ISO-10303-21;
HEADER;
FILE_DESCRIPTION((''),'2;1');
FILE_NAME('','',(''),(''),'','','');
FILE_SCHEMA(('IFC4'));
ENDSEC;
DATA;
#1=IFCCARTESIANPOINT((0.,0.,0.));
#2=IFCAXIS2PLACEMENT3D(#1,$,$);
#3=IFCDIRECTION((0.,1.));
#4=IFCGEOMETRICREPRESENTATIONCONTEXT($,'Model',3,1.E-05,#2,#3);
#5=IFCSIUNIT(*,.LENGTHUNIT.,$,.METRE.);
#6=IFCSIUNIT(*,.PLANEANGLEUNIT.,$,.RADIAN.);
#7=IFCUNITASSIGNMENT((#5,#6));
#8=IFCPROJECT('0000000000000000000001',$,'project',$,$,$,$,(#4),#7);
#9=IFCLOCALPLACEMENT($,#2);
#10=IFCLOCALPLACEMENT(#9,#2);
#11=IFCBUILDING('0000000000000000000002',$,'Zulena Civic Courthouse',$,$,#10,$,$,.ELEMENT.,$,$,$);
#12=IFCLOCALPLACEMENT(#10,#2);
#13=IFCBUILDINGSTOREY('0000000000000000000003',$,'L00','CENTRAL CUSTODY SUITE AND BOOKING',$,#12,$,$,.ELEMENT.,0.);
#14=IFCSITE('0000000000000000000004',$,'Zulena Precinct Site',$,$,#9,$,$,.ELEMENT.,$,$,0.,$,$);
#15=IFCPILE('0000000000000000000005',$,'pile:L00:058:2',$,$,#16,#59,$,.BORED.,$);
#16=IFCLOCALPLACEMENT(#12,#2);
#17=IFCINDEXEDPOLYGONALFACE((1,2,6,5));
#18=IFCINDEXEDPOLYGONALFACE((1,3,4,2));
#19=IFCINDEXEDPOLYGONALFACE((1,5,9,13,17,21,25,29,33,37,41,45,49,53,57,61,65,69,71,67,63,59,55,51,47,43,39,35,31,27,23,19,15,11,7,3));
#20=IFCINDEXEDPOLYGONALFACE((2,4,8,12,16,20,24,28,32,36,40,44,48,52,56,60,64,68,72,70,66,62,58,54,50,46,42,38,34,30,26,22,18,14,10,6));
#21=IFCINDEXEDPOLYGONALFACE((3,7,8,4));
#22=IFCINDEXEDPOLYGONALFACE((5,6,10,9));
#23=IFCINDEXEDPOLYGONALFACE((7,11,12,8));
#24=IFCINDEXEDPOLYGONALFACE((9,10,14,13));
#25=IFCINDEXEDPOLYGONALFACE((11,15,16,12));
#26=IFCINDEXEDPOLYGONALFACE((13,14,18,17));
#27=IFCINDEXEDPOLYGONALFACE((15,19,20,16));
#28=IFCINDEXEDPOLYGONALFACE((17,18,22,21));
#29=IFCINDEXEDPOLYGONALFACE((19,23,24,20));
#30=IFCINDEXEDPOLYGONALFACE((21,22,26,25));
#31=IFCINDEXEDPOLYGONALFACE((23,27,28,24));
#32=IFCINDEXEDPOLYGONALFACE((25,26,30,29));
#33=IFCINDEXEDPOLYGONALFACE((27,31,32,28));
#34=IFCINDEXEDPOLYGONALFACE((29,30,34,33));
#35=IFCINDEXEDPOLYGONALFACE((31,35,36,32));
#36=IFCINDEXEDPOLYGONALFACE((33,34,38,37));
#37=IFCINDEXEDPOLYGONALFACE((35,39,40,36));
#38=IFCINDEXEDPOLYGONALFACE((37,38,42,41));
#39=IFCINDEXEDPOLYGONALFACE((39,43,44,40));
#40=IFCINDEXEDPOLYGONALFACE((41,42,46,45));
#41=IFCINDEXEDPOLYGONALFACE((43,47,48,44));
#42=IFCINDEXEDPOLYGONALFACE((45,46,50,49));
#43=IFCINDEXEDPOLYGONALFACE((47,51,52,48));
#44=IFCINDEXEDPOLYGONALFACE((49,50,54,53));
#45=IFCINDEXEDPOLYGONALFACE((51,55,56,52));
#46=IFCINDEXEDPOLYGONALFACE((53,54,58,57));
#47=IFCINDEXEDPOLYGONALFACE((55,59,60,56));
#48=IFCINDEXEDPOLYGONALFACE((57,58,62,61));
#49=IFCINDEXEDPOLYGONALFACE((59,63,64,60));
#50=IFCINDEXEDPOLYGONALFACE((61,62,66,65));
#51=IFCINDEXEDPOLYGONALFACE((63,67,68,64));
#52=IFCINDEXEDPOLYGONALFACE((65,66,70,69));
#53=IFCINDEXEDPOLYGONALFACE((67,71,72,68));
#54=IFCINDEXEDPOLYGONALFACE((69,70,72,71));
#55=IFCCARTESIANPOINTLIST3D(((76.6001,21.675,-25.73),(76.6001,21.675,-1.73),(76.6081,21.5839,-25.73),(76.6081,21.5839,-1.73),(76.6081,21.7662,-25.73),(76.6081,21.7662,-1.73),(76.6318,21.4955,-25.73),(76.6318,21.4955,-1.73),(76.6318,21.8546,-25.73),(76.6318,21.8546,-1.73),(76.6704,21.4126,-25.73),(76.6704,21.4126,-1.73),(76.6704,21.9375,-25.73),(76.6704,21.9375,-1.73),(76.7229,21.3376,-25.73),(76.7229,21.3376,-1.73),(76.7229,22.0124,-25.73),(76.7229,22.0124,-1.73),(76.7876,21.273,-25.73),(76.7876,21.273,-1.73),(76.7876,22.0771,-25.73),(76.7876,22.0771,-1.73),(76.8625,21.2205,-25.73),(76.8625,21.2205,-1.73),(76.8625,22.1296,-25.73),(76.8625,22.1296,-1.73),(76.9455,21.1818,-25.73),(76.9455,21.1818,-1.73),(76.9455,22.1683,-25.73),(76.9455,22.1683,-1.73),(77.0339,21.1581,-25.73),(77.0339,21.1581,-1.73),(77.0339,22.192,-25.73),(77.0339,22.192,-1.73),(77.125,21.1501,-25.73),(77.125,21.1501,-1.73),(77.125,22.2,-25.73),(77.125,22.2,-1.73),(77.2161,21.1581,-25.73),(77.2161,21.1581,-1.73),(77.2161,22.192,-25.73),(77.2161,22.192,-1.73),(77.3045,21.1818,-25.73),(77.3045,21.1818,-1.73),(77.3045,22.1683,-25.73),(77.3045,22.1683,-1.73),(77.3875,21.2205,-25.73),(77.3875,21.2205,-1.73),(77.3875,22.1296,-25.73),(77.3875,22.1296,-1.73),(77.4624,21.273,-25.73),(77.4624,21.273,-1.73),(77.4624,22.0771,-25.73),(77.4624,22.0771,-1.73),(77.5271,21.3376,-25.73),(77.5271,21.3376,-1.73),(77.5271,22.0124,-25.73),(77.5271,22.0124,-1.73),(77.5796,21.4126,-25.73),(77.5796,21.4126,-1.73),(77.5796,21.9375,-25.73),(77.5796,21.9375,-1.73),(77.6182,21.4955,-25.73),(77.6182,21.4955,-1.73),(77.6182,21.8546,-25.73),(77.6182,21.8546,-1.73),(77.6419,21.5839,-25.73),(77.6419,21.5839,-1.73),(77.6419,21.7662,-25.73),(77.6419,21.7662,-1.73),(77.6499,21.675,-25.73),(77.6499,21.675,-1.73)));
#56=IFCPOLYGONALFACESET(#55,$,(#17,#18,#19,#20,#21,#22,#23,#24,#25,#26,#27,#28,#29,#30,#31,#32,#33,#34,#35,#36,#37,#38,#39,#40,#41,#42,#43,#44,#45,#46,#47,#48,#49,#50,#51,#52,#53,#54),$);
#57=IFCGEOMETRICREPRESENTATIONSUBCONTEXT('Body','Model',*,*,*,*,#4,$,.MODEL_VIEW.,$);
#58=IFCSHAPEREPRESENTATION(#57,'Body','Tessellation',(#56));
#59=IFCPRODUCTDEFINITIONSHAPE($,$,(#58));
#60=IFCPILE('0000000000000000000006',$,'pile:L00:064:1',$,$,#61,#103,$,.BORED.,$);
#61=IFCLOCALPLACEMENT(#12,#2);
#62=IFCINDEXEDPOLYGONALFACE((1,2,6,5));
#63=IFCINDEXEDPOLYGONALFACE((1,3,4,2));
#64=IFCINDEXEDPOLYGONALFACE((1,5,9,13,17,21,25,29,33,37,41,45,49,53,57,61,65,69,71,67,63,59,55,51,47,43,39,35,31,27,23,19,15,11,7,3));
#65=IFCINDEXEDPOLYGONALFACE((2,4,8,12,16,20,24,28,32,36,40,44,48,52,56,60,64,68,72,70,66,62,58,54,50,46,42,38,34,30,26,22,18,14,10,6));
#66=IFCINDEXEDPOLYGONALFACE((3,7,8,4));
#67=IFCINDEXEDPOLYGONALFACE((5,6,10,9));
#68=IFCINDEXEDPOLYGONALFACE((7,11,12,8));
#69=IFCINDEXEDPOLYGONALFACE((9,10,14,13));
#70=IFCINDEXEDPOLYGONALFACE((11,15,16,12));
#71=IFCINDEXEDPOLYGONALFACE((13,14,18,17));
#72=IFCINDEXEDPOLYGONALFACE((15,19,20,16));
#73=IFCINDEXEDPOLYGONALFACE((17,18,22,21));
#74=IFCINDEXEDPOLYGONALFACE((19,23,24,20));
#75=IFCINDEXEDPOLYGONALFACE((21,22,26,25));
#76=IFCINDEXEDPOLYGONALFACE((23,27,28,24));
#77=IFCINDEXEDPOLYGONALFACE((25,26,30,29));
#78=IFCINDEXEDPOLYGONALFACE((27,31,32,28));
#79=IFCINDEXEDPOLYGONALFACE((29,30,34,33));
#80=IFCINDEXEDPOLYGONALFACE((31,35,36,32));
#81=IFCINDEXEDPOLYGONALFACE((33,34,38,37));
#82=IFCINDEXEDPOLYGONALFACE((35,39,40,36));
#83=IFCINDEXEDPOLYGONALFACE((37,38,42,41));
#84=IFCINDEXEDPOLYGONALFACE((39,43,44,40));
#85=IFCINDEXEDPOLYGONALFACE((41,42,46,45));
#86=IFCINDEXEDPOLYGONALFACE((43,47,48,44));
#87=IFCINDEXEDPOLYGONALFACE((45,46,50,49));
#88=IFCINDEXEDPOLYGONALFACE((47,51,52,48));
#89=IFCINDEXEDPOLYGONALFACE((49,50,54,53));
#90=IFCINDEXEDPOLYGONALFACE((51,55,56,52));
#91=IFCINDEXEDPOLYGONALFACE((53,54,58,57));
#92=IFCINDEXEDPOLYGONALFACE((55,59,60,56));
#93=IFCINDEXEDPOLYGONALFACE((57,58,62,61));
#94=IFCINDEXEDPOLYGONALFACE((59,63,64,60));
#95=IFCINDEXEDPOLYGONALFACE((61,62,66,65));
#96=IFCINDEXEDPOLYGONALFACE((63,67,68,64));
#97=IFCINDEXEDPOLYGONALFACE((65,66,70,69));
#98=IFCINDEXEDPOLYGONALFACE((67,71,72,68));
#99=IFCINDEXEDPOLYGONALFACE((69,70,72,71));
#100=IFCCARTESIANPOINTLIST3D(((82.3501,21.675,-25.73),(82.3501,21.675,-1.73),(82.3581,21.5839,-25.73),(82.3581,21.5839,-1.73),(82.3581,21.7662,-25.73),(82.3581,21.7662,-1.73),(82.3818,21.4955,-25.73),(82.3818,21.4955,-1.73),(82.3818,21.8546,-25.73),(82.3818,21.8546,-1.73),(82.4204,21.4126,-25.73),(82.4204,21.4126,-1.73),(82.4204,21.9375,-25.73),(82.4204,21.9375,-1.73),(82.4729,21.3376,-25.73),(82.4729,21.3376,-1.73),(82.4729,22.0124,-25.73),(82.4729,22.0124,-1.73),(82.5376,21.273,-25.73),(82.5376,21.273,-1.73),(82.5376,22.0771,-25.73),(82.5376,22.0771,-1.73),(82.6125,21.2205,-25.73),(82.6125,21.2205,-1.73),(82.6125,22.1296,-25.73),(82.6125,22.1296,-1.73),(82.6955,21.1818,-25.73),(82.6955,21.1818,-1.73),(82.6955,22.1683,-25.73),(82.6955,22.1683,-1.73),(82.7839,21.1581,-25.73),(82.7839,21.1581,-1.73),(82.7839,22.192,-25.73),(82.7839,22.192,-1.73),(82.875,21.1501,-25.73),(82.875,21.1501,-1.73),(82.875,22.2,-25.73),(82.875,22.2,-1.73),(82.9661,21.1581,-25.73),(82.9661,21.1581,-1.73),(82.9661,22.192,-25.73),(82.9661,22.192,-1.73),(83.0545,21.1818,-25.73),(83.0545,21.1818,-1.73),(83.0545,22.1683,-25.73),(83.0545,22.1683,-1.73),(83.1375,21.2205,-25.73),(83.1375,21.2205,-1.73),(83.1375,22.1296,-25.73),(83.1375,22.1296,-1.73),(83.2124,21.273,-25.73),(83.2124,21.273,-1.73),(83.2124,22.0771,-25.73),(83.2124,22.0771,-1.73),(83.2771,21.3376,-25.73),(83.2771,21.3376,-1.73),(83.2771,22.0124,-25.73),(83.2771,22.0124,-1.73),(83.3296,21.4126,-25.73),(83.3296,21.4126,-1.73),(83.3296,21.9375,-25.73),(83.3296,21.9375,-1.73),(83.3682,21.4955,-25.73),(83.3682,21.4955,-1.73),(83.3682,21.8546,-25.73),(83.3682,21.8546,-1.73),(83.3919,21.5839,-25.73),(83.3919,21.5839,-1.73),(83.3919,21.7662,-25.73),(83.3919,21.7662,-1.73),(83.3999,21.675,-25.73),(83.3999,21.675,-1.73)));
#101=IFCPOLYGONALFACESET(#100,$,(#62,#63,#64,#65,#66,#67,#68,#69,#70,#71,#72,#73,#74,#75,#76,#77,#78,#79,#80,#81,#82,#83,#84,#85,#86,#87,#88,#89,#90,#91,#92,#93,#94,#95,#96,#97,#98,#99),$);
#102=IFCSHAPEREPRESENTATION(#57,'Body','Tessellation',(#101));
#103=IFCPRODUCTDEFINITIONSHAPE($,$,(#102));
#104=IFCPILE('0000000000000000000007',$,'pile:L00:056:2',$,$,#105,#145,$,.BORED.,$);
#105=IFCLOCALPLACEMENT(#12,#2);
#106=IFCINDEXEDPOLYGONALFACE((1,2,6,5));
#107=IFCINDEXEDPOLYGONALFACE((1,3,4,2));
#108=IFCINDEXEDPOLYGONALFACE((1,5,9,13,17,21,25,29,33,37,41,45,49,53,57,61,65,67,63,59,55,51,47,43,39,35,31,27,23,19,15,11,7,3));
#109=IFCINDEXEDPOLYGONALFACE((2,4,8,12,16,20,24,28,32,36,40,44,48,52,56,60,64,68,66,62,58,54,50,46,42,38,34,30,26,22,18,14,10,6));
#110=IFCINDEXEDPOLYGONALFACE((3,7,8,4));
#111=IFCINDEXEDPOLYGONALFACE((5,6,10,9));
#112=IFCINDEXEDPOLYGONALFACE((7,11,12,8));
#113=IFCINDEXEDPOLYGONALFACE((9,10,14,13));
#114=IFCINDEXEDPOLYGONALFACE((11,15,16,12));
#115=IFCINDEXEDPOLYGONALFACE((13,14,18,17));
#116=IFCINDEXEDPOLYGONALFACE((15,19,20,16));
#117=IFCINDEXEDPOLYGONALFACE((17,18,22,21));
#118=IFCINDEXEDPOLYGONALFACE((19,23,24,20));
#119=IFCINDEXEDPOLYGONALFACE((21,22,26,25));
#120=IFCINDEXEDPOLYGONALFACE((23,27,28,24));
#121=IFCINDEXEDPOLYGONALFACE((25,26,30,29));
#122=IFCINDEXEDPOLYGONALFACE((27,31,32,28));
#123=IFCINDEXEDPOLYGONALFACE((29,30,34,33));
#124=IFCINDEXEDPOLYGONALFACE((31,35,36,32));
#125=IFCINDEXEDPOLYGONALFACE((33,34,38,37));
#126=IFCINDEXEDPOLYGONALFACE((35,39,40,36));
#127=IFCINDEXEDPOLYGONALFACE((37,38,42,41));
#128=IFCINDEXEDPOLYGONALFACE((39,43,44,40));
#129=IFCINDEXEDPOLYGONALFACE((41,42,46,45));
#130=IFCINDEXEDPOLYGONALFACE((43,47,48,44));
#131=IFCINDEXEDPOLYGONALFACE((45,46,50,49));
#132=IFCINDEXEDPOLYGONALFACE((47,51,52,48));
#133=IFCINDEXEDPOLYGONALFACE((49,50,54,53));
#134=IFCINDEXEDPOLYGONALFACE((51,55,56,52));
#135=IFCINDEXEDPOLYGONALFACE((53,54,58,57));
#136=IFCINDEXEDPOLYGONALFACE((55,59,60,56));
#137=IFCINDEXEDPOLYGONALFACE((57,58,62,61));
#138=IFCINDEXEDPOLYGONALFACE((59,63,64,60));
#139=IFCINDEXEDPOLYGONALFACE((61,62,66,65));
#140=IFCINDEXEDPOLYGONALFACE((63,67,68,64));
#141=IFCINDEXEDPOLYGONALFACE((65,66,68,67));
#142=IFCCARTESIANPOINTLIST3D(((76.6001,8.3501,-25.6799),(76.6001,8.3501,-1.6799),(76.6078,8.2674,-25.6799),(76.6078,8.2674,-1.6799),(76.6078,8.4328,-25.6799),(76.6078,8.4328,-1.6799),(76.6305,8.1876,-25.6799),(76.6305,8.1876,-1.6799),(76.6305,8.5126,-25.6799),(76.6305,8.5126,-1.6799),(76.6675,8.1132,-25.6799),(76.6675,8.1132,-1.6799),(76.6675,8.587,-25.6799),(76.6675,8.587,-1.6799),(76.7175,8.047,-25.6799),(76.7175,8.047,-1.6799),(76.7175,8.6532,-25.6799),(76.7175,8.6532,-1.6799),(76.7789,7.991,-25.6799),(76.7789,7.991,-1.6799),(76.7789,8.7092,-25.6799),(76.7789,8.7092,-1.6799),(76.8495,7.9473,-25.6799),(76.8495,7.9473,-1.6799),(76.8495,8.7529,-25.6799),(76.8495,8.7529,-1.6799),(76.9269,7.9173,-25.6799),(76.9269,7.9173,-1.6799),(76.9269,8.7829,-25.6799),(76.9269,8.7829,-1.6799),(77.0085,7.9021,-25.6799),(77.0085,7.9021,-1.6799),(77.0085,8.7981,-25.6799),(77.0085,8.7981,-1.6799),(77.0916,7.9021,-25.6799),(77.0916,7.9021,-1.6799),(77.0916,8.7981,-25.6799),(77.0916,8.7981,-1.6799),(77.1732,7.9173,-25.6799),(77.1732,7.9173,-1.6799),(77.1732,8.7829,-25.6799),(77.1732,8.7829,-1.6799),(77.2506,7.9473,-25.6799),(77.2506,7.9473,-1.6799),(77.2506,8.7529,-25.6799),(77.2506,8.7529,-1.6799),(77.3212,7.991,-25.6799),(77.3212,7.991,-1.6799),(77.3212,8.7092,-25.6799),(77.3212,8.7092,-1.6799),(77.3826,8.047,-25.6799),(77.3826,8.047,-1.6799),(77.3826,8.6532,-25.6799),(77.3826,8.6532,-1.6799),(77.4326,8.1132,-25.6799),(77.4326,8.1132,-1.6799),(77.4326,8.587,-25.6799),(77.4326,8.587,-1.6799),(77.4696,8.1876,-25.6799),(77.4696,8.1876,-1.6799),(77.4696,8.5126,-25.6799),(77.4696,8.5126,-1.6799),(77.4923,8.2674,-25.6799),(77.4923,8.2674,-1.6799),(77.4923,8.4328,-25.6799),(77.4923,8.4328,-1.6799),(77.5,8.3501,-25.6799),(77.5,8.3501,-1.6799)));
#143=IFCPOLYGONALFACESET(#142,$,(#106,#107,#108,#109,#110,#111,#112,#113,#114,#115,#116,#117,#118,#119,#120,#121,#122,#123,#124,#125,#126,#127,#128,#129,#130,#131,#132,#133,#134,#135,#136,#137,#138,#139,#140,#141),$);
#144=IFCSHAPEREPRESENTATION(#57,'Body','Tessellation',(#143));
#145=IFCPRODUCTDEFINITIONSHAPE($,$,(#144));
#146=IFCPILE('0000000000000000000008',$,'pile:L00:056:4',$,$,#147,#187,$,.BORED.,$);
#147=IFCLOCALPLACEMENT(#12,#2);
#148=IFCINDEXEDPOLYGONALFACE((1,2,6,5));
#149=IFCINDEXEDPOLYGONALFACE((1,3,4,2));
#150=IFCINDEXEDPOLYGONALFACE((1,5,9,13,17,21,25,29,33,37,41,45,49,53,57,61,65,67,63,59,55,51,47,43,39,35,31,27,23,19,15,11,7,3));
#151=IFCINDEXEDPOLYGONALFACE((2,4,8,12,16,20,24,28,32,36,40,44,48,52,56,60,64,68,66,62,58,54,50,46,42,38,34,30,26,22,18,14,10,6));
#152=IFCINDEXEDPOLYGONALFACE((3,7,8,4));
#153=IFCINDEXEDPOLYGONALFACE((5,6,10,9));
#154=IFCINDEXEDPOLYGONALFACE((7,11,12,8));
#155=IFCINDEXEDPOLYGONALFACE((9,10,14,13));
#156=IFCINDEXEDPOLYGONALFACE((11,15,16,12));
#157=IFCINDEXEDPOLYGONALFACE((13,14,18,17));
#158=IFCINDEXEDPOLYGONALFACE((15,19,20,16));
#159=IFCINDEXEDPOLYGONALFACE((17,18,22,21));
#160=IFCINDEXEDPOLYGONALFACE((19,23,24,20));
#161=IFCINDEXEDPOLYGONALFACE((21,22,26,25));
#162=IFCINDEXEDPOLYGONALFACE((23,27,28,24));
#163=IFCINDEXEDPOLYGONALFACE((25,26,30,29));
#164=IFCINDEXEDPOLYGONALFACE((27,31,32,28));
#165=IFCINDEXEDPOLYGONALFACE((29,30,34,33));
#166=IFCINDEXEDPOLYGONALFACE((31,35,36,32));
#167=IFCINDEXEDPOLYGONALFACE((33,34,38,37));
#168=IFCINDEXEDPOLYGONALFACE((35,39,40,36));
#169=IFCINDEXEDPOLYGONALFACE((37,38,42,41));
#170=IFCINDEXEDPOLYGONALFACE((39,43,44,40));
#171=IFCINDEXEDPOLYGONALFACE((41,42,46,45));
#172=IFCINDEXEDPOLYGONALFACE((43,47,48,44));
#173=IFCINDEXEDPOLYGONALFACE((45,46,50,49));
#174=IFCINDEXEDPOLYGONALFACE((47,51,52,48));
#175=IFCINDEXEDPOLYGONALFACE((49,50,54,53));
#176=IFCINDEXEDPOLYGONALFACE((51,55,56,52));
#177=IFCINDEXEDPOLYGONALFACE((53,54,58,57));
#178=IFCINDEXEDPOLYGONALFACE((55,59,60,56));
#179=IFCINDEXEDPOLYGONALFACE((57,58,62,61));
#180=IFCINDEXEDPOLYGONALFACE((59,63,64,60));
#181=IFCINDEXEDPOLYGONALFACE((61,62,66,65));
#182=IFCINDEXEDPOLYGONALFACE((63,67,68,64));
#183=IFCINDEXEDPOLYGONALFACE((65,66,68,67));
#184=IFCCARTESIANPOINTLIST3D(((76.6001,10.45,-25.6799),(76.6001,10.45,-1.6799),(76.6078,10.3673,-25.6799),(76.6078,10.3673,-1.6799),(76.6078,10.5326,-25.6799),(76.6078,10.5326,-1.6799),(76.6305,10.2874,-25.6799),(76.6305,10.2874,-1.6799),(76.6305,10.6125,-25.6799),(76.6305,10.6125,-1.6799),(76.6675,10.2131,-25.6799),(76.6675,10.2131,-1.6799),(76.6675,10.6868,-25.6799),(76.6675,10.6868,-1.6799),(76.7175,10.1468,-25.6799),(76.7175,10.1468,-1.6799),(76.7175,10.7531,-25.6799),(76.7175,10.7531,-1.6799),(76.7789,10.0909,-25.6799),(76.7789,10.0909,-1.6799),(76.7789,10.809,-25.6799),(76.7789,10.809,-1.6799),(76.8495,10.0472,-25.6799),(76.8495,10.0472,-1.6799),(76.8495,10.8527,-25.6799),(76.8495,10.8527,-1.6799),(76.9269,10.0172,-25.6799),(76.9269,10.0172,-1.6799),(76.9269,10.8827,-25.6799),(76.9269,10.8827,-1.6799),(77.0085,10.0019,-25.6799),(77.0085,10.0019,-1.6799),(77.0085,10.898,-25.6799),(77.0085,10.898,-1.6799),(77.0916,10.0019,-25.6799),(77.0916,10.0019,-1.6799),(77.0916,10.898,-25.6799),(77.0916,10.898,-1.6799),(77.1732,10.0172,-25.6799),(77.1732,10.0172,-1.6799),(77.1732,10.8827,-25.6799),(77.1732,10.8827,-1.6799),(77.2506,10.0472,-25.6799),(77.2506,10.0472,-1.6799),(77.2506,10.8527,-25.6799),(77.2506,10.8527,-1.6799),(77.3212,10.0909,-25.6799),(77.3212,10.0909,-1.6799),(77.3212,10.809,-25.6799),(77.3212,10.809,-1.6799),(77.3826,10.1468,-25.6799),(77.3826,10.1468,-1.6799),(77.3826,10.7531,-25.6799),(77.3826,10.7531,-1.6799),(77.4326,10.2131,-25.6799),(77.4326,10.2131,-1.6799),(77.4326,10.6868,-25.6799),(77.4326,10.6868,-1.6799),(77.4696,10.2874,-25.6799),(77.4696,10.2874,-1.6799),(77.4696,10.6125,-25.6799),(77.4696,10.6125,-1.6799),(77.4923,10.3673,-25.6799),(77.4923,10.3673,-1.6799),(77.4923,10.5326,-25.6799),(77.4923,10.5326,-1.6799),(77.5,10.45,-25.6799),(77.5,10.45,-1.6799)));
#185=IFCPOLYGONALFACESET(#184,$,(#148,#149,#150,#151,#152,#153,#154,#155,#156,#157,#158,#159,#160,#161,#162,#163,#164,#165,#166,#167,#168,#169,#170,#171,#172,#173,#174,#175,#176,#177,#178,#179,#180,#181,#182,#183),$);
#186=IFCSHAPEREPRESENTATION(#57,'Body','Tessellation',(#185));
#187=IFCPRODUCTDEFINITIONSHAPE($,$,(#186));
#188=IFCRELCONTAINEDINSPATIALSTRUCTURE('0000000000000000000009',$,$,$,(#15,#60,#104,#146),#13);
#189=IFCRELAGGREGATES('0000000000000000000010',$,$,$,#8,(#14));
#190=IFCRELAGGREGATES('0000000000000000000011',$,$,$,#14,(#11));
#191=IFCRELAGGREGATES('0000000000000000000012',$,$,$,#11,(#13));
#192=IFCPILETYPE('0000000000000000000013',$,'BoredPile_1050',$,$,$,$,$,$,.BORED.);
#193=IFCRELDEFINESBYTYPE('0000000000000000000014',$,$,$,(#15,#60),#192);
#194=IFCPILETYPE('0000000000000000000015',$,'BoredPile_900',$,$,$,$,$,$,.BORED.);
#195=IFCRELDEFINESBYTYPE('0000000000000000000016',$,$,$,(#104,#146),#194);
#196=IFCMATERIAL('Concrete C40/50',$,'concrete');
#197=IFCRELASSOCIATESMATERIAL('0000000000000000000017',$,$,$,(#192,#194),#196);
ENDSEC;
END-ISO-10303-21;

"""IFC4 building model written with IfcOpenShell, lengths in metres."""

from ifc_helpers import new_model, si_unit, direction, frame, origin, origin_2d, place, context, subcontext, project, spatial, circle, extrude, material, material_profile, profile_set, type_object, element, save


model = new_model("IFC4")

# Units and contexts
model_context = context("Model", 3, precision=1e-05, world=origin(), true_north=direction((0.0, 1.0)))
body_context = subcontext(model_context, "Body", "Model", "MODEL_VIEW")
ifc_project = project(units=[si_unit("LENGTHUNIT", "METRE"), si_unit("PLANEANGLEUNIT", "RADIAN")], contexts=[model_context])

# Site, building, storey
site_placement = place(None, origin())
site = spatial("IfcSite", under=ifc_project, at=site_placement, Name="Zulena Precinct Site", CompositionType="ELEMENT", RefElevation=0.0)
building_placement = place(site_placement, origin())
building = spatial("IfcBuilding", under=site, at=building_placement, Name="Zulena Civic Courthouse", CompositionType="ELEMENT")
storey_placement = place(building_placement, origin())
storey = spatial("IfcBuildingStorey", under=building, at=storey_placement, Name="L00", Description="CENTRAL CUSTODY SUITE AND BOOKING", CompositionType="ELEMENT", Elevation=0.0)

# Piles
ifc_material_1 = material(Name="Concrete C40/50", Category="concrete")
ifc_material_profile_1 = material_profile(ifc_material_1, circle(Radius=0.5249, at=origin_2d()), Name="PILE1050")
ifc_profile_set_1 = profile_set([ifc_material_profile_1], Name="Concrete C40/50")
pile_type_1 = type_object("IfcPileType", Name="BoredPile_1050", PredefinedType="BORED", material=ifc_profile_set_1)
for number, where, z_axis, x_axis, name in (
    (1, (77.125, 21.675, -1.73), (0.0, 0.0, -1.0), (1.0, 0.0, 0.0), "pile:L00:058:2"),
    (2, (82.875, 21.675, -1.73), (0.0, 0.0, -1.0), (1.0, 0.0, 0.0), "pile:L00:064:1"),
):
    element("IfcPile", number, at=place(storey_placement, frame(where, z_axis=z_axis, x_axis=x_axis)), inside=storey, type_object=pile_type_1, Name=name, PredefinedType="BORED", context=body_context, shape_type="SweptSolid", body=[
        extrude(circle(Radius=0.5249, at=origin_2d()), origin(), (0.0, 0.0, 1.0), 24.0),
    ])
ifc_material_profile_2 = material_profile(ifc_material_1, circle(Radius=0.45, at=origin_2d()), Name="PILE900")
ifc_profile_set_2 = profile_set([ifc_material_profile_2], Name="Concrete C40/50")
pile_type_2 = type_object("IfcPileType", Name="BoredPile_900", PredefinedType="BORED", material=ifc_profile_set_2)
for number, where, z_axis, x_axis, name in (
    (3, (77.05, 8.3501, -1.6799), (0.0, 0.0, -1.0), (1.0, 0.0, 0.0), "pile:L00:056:2"),
    (4, (77.05, 10.45, -1.6799), (0.0, 0.0, -1.0), (1.0, 0.0, 0.0), "pile:L00:056:4"),
):
    element("IfcPile", number, at=place(storey_placement, frame(where, z_axis=z_axis, x_axis=x_axis)), inside=storey, type_object=pile_type_2, Name=name, PredefinedType="BORED", context=body_context, shape_type="SweptSolid", body=[
        extrude(circle(Radius=0.45, at=origin_2d()), origin(), (0.0, 0.0, 1.0), 24.0),
    ])

save(model, "model.ifc")
